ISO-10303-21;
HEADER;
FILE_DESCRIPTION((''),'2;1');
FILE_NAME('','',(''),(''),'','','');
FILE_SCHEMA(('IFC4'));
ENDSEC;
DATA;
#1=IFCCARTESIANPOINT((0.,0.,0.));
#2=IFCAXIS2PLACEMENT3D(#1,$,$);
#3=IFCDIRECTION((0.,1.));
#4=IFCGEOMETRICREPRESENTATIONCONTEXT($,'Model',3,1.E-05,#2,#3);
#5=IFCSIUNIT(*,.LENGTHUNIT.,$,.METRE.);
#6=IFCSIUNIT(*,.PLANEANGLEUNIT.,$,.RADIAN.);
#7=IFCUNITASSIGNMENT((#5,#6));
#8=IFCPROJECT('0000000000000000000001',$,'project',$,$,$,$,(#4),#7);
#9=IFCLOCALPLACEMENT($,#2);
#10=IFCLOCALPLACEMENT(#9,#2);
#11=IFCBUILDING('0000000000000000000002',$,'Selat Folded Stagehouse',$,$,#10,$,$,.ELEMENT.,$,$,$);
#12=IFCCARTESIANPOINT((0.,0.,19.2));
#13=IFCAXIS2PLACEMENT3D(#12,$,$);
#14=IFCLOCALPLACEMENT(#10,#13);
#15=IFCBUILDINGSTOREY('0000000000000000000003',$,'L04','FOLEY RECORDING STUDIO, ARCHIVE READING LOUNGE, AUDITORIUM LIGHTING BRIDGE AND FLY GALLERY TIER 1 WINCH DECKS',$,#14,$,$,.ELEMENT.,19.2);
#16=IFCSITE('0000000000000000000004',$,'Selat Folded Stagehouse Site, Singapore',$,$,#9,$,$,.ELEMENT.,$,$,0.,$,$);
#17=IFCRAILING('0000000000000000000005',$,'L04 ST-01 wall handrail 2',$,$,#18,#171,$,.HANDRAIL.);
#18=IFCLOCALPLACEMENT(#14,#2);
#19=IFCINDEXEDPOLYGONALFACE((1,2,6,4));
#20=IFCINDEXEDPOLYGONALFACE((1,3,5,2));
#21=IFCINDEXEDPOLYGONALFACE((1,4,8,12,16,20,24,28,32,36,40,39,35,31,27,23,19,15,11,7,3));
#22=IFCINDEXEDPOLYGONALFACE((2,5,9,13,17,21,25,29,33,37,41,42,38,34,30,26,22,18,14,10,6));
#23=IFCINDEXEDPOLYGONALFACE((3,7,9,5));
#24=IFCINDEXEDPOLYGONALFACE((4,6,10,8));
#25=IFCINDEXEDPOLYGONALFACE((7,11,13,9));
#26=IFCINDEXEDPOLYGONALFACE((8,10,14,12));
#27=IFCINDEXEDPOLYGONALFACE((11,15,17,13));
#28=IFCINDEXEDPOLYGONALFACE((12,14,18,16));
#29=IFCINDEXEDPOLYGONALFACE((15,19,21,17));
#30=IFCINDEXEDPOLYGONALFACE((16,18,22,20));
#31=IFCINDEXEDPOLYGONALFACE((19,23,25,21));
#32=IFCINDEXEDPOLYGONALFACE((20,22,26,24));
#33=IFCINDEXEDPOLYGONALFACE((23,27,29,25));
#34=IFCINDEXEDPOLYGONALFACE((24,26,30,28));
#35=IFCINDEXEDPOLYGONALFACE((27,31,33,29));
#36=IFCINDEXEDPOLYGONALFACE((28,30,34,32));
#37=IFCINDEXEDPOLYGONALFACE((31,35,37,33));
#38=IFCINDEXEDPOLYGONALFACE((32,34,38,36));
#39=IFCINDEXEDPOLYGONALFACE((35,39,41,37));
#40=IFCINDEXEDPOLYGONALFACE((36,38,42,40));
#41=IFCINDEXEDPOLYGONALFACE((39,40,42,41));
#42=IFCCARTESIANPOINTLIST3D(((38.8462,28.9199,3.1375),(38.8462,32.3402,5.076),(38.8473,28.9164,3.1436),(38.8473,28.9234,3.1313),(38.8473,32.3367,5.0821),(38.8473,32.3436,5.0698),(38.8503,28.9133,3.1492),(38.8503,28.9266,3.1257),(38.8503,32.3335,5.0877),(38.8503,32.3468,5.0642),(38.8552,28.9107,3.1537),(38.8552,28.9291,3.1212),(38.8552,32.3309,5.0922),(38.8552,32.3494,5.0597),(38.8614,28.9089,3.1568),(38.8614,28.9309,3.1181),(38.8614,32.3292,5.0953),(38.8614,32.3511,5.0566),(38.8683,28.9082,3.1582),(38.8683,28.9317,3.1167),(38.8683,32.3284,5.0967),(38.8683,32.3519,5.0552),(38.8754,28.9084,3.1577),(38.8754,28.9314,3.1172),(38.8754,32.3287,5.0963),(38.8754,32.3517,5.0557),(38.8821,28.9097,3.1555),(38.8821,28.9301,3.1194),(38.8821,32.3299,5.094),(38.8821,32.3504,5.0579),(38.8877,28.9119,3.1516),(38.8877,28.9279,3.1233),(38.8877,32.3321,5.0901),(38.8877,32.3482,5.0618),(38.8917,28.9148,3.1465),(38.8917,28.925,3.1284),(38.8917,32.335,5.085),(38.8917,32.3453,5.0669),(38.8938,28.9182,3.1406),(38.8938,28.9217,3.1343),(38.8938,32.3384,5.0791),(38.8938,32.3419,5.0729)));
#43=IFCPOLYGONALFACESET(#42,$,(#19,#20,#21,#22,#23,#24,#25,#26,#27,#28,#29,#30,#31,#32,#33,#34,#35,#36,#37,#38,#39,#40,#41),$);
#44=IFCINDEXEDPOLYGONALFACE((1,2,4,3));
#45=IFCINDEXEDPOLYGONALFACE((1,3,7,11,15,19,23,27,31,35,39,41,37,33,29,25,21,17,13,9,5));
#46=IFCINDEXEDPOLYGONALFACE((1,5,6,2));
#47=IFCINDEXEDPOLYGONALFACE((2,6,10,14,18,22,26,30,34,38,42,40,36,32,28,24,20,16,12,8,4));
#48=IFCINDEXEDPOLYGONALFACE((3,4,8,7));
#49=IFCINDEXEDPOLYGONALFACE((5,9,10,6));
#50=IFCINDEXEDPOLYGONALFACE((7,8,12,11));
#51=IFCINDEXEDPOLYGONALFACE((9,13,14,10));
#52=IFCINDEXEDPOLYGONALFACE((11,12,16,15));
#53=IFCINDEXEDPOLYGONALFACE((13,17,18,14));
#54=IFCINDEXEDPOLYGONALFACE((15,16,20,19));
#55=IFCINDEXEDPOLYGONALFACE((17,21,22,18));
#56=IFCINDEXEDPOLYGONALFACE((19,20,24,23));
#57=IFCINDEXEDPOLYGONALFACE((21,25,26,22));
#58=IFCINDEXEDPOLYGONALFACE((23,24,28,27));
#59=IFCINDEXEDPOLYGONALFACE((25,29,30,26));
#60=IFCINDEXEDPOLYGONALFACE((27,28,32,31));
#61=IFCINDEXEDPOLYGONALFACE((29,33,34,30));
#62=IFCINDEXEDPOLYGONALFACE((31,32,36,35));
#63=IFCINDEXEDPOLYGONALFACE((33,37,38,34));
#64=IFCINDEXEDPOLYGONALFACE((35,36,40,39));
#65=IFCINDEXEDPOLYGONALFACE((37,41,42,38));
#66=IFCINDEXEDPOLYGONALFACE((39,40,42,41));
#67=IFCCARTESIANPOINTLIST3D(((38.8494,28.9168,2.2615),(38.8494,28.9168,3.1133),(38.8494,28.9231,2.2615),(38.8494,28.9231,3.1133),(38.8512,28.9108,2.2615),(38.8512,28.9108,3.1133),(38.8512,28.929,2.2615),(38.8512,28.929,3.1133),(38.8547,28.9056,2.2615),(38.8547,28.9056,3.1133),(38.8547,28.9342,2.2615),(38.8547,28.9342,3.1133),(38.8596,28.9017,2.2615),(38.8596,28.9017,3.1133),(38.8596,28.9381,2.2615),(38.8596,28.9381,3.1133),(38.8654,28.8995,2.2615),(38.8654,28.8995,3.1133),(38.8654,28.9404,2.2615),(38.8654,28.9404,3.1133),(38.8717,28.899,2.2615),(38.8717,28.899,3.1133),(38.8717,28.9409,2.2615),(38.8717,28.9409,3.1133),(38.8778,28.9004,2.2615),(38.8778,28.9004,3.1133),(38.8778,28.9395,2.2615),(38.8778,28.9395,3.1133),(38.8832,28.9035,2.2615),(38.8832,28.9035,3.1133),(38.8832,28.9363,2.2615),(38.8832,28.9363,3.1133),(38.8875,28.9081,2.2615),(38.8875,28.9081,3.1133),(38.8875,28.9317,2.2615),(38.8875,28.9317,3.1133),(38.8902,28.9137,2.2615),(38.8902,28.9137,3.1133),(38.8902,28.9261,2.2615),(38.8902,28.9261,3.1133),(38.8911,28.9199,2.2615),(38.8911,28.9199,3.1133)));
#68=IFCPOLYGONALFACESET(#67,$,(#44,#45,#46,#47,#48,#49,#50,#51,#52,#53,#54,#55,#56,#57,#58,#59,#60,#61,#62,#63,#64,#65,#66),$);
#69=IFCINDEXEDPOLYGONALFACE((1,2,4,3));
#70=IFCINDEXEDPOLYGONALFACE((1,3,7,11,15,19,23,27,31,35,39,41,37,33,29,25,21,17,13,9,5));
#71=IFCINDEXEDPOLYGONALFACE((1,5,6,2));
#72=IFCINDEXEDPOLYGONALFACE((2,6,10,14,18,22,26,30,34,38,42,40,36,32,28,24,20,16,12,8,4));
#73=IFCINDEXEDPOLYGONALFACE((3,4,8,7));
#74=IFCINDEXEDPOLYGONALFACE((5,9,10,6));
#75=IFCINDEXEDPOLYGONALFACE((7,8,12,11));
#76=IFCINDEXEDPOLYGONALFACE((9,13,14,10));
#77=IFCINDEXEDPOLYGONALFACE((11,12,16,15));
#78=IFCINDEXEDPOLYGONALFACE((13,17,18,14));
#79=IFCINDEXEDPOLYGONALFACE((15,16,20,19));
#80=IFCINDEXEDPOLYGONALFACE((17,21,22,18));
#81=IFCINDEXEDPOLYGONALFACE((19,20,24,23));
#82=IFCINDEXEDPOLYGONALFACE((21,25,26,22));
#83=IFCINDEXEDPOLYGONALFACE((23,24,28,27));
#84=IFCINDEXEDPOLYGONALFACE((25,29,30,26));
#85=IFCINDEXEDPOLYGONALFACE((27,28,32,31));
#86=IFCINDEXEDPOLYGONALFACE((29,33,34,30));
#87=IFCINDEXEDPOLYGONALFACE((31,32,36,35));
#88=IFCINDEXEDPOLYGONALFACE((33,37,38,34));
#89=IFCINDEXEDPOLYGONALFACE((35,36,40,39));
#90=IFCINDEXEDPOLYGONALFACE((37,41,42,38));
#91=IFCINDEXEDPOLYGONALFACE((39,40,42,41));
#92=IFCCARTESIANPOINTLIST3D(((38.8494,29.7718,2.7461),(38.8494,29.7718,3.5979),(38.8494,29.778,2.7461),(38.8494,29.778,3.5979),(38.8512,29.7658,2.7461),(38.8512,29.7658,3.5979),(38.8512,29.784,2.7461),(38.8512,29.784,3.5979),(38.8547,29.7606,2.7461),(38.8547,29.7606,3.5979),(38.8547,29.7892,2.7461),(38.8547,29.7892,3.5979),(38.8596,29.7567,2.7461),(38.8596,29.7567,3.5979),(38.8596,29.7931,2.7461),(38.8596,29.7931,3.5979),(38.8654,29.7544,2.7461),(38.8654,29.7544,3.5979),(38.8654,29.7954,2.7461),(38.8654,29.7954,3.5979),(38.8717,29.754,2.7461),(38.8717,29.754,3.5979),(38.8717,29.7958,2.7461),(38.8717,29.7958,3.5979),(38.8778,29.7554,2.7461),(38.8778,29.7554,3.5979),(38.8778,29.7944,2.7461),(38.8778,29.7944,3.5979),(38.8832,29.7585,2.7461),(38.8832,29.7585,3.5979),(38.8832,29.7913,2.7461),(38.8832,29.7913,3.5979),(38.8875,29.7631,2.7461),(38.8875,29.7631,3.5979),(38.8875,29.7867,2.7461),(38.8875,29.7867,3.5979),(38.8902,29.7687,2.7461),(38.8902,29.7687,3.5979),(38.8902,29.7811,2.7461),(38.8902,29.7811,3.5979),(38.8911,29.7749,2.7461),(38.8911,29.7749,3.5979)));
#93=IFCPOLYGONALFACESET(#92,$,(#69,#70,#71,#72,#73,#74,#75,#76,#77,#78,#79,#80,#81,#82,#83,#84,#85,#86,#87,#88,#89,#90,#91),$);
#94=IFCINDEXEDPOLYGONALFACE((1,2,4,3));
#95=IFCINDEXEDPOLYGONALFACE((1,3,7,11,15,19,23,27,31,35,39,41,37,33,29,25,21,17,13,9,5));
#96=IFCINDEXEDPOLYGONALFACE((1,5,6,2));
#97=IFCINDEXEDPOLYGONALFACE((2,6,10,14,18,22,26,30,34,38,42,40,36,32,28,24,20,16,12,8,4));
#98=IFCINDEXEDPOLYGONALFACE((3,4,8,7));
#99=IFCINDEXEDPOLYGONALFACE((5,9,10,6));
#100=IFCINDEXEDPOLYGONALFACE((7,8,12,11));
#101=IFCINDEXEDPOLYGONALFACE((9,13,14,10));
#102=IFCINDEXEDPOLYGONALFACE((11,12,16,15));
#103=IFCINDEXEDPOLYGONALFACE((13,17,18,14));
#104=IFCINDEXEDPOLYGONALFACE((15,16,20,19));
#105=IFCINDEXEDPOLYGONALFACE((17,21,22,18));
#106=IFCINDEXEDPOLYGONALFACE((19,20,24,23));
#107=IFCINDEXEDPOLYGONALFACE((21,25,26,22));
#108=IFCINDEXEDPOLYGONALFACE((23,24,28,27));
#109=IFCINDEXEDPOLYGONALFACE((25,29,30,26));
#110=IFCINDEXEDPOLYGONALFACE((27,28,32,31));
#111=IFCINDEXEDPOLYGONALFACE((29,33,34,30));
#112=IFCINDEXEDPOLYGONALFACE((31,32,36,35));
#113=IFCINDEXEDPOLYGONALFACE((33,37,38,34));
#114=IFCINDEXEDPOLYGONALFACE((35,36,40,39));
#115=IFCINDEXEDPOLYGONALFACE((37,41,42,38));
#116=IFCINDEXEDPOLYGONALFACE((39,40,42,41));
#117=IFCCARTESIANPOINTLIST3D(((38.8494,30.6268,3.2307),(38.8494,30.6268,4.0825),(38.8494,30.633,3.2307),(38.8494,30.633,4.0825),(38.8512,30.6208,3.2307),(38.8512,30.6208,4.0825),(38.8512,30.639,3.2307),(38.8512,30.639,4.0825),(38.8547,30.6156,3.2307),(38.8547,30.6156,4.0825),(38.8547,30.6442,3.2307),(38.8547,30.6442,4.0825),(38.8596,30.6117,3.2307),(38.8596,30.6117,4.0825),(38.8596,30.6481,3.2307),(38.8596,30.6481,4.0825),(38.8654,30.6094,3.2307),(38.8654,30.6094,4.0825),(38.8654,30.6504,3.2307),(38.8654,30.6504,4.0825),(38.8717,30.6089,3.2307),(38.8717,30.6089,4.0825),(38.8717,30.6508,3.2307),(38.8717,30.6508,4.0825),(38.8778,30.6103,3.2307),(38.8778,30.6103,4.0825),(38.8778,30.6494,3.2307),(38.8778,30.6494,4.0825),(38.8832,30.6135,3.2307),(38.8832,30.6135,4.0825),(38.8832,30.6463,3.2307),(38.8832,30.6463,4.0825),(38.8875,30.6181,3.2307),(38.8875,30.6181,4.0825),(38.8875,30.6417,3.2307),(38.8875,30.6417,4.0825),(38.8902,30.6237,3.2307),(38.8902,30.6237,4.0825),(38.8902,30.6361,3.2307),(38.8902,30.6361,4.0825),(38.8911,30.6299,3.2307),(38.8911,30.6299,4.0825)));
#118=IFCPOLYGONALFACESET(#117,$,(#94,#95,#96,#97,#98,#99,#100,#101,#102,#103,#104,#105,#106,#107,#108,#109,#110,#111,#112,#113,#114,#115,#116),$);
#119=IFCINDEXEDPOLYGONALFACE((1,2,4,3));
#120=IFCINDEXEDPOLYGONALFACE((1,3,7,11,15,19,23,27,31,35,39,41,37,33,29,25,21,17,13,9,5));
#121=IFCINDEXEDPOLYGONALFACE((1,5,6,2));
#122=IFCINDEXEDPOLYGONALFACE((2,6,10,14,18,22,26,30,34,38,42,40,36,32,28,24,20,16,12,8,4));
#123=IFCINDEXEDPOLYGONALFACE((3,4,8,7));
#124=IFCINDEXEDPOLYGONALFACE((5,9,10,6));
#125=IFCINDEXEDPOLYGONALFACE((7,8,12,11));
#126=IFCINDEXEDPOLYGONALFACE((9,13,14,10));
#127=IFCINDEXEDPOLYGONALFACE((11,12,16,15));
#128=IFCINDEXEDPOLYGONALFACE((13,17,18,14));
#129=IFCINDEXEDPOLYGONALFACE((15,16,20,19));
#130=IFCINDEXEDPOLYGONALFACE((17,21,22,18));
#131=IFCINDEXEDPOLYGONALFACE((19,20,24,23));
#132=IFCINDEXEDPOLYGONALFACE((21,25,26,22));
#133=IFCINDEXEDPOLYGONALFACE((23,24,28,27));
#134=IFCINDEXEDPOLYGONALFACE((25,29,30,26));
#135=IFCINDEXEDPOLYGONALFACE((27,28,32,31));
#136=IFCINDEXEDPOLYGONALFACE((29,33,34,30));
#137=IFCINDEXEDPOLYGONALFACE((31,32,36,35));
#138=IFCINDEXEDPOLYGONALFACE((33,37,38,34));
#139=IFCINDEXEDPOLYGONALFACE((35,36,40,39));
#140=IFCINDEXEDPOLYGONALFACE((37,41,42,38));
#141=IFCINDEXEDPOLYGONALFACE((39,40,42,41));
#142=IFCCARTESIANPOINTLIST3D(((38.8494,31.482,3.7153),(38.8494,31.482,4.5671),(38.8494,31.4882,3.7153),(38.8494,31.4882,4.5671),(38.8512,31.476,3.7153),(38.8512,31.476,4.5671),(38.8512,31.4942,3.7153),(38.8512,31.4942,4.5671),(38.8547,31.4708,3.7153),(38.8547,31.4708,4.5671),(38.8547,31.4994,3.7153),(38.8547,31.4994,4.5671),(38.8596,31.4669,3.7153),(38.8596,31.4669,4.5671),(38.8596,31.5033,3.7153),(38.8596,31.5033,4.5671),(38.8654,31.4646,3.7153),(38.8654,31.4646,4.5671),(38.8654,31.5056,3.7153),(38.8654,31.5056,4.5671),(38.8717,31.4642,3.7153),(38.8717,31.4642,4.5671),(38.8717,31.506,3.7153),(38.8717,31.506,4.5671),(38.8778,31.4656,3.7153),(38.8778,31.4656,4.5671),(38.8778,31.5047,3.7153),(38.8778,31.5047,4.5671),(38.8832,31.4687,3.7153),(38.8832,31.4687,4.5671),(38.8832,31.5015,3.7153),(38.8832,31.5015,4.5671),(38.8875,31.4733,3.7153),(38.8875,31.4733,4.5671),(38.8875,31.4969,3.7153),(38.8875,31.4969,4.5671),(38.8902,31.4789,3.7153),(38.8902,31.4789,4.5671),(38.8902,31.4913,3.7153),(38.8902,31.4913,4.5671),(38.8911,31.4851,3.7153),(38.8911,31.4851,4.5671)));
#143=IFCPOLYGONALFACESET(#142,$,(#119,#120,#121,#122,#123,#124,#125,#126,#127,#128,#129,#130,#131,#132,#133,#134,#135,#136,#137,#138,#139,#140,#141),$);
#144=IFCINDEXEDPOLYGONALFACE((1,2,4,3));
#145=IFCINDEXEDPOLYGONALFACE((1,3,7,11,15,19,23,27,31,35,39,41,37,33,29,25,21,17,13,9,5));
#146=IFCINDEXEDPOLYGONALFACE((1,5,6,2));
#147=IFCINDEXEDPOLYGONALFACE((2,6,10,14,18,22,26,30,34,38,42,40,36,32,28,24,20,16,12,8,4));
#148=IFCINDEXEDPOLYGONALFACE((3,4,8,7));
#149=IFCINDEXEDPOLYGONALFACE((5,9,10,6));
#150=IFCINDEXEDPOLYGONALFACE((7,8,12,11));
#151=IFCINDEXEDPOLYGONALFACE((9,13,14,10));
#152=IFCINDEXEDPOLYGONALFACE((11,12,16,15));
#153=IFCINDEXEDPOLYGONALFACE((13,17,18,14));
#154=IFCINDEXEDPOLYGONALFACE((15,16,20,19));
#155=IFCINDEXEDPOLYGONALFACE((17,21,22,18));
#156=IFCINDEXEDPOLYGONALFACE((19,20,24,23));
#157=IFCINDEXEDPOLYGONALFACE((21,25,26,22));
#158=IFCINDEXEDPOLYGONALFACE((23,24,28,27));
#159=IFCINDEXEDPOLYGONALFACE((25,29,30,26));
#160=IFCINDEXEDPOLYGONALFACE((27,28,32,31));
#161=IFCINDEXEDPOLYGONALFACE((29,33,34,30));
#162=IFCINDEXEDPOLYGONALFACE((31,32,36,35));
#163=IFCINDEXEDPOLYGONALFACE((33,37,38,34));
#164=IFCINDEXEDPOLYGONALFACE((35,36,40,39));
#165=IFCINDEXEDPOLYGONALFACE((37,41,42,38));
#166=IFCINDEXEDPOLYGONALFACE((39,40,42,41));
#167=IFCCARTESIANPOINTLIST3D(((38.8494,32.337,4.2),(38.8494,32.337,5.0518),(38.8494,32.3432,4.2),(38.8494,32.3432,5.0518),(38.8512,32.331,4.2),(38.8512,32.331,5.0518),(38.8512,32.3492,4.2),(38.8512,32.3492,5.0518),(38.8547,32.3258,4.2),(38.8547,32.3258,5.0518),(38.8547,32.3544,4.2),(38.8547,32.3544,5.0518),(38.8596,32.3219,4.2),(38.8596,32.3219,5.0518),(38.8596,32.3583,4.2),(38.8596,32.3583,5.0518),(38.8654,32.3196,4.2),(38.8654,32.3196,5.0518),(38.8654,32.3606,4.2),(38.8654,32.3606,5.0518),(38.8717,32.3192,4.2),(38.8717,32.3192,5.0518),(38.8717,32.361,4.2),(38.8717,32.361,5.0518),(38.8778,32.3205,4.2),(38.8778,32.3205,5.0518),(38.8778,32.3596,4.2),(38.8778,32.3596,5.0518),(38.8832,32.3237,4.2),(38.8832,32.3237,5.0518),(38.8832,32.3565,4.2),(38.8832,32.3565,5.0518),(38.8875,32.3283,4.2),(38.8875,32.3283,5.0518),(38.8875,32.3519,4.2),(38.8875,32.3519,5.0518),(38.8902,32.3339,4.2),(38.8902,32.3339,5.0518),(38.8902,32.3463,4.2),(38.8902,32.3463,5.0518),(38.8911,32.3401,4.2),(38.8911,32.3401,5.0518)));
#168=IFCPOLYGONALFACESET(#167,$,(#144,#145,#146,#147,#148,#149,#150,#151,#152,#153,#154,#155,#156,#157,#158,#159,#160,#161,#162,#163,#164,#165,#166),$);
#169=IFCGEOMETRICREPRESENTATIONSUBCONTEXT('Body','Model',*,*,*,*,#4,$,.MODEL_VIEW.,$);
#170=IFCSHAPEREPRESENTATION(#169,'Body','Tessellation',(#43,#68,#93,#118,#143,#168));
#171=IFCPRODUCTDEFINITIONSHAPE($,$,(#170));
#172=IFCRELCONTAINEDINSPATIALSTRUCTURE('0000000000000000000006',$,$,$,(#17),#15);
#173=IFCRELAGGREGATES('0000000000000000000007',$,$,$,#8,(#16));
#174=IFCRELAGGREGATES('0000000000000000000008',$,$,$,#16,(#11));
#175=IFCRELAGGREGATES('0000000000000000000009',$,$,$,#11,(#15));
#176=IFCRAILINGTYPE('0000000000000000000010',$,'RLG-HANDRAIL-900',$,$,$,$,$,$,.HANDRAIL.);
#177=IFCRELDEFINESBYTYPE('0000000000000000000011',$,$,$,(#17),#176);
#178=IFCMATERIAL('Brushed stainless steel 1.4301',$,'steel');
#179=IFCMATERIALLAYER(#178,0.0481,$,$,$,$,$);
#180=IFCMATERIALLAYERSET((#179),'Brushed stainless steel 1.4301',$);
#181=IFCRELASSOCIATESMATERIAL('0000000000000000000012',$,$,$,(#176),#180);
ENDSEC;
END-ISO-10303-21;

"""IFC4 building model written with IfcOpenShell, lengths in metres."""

from ifc_helpers import new_model, si_unit, direction, frame, origin, origin_2d, place, context, subcontext, project, spatial, circle, extrude, material, layer, layer_set, type_object, element, save


model = new_model("IFC4")

# Units and contexts
model_context = context("Model", 3, precision=1e-05, world=origin(), true_north=direction((0.0, 1.0)))
body_context = subcontext(model_context, "Body", "Model", "MODEL_VIEW")
ifc_project = project(units=[si_unit("LENGTHUNIT", "METRE"), si_unit("PLANEANGLEUNIT", "RADIAN")], contexts=[model_context])

# Site, building, storey
site_placement = place(None, origin())
site = spatial("IfcSite", under=ifc_project, at=site_placement, Name="Selat Folded Stagehouse Site, Singapore", CompositionType="ELEMENT", RefElevation=0.0)
building_placement = place(site_placement, origin())
building = spatial("IfcBuilding", under=site, at=building_placement, Name="Selat Folded Stagehouse", CompositionType="ELEMENT")
storey_placement = place(building_placement, frame((0.0, 0.0, 19.2)))
storey = spatial("IfcBuildingStorey", under=building, at=storey_placement, Name="L04", Description="FOLEY RECORDING STUDIO, ARCHIVE READING LOUNGE, AUDITORIUM LIGHTING BRIDGE AND FLY GALLERY TIER 1 WINCH DECKS", CompositionType="ELEMENT", Elevation=19.2)

# Railing
ifc_material_1 = material(Name="Brushed stainless steel 1.4301", Category="steel")
ifc_layer_1 = layer(ifc_material_1, 0.0481)
ifc_layer_set_1 = layer_set([ifc_layer_1], Name="Brushed stainless steel 1.4301")
railing_type_1 = type_object("IfcRailingType", Name="RLG-HANDRAIL-900", PredefinedType="HANDRAIL", material=ifc_layer_set_1)
railing_1_placement = place(storey_placement, frame((38.8701, 28.9199, 2.2615)))
element("IfcRailing", 1, at=railing_1_placement, inside=storey, type_object=railing_type_1, Name="L04 ST-01 wall handrail 2", PredefinedType="HANDRAIL", context=body_context, shape_type="SweptSolid", body=[
    extrude(circle(Radius=0.0239, at=origin_2d()), frame((0.0, 0.0, 0.876), z_axis=(0.0, 0.86998, 0.493086), x_axis=(-1.0, 0.0, 0.0)), (0.0, 0.0, 1.0), 3.9314),
    extrude(circle(Radius=0.021, at=origin_2d()), origin(), (0.0, 0.0, 1.0), 0.8518),
    extrude(circle(Radius=0.021, at=origin_2d()), frame((0.0, 0.855, 0.4846)), (0.0, 0.0, 1.0), 0.8518),
    extrude(circle(Radius=0.021, at=origin_2d()), frame((0.0, 1.71, 0.9692)), (0.0, 0.0, 1.0), 0.8518),
    extrude(circle(Radius=0.021, at=origin_2d()), frame((0.0, 2.5652, 1.4539)), (0.0, 0.0, 1.0), 0.8518),
    extrude(circle(Radius=0.021, at=origin_2d()), frame((0.0, 3.4202, 1.9385)), (0.0, 0.0, 1.0), 0.8518),
])

save(model, "model.ifc")
